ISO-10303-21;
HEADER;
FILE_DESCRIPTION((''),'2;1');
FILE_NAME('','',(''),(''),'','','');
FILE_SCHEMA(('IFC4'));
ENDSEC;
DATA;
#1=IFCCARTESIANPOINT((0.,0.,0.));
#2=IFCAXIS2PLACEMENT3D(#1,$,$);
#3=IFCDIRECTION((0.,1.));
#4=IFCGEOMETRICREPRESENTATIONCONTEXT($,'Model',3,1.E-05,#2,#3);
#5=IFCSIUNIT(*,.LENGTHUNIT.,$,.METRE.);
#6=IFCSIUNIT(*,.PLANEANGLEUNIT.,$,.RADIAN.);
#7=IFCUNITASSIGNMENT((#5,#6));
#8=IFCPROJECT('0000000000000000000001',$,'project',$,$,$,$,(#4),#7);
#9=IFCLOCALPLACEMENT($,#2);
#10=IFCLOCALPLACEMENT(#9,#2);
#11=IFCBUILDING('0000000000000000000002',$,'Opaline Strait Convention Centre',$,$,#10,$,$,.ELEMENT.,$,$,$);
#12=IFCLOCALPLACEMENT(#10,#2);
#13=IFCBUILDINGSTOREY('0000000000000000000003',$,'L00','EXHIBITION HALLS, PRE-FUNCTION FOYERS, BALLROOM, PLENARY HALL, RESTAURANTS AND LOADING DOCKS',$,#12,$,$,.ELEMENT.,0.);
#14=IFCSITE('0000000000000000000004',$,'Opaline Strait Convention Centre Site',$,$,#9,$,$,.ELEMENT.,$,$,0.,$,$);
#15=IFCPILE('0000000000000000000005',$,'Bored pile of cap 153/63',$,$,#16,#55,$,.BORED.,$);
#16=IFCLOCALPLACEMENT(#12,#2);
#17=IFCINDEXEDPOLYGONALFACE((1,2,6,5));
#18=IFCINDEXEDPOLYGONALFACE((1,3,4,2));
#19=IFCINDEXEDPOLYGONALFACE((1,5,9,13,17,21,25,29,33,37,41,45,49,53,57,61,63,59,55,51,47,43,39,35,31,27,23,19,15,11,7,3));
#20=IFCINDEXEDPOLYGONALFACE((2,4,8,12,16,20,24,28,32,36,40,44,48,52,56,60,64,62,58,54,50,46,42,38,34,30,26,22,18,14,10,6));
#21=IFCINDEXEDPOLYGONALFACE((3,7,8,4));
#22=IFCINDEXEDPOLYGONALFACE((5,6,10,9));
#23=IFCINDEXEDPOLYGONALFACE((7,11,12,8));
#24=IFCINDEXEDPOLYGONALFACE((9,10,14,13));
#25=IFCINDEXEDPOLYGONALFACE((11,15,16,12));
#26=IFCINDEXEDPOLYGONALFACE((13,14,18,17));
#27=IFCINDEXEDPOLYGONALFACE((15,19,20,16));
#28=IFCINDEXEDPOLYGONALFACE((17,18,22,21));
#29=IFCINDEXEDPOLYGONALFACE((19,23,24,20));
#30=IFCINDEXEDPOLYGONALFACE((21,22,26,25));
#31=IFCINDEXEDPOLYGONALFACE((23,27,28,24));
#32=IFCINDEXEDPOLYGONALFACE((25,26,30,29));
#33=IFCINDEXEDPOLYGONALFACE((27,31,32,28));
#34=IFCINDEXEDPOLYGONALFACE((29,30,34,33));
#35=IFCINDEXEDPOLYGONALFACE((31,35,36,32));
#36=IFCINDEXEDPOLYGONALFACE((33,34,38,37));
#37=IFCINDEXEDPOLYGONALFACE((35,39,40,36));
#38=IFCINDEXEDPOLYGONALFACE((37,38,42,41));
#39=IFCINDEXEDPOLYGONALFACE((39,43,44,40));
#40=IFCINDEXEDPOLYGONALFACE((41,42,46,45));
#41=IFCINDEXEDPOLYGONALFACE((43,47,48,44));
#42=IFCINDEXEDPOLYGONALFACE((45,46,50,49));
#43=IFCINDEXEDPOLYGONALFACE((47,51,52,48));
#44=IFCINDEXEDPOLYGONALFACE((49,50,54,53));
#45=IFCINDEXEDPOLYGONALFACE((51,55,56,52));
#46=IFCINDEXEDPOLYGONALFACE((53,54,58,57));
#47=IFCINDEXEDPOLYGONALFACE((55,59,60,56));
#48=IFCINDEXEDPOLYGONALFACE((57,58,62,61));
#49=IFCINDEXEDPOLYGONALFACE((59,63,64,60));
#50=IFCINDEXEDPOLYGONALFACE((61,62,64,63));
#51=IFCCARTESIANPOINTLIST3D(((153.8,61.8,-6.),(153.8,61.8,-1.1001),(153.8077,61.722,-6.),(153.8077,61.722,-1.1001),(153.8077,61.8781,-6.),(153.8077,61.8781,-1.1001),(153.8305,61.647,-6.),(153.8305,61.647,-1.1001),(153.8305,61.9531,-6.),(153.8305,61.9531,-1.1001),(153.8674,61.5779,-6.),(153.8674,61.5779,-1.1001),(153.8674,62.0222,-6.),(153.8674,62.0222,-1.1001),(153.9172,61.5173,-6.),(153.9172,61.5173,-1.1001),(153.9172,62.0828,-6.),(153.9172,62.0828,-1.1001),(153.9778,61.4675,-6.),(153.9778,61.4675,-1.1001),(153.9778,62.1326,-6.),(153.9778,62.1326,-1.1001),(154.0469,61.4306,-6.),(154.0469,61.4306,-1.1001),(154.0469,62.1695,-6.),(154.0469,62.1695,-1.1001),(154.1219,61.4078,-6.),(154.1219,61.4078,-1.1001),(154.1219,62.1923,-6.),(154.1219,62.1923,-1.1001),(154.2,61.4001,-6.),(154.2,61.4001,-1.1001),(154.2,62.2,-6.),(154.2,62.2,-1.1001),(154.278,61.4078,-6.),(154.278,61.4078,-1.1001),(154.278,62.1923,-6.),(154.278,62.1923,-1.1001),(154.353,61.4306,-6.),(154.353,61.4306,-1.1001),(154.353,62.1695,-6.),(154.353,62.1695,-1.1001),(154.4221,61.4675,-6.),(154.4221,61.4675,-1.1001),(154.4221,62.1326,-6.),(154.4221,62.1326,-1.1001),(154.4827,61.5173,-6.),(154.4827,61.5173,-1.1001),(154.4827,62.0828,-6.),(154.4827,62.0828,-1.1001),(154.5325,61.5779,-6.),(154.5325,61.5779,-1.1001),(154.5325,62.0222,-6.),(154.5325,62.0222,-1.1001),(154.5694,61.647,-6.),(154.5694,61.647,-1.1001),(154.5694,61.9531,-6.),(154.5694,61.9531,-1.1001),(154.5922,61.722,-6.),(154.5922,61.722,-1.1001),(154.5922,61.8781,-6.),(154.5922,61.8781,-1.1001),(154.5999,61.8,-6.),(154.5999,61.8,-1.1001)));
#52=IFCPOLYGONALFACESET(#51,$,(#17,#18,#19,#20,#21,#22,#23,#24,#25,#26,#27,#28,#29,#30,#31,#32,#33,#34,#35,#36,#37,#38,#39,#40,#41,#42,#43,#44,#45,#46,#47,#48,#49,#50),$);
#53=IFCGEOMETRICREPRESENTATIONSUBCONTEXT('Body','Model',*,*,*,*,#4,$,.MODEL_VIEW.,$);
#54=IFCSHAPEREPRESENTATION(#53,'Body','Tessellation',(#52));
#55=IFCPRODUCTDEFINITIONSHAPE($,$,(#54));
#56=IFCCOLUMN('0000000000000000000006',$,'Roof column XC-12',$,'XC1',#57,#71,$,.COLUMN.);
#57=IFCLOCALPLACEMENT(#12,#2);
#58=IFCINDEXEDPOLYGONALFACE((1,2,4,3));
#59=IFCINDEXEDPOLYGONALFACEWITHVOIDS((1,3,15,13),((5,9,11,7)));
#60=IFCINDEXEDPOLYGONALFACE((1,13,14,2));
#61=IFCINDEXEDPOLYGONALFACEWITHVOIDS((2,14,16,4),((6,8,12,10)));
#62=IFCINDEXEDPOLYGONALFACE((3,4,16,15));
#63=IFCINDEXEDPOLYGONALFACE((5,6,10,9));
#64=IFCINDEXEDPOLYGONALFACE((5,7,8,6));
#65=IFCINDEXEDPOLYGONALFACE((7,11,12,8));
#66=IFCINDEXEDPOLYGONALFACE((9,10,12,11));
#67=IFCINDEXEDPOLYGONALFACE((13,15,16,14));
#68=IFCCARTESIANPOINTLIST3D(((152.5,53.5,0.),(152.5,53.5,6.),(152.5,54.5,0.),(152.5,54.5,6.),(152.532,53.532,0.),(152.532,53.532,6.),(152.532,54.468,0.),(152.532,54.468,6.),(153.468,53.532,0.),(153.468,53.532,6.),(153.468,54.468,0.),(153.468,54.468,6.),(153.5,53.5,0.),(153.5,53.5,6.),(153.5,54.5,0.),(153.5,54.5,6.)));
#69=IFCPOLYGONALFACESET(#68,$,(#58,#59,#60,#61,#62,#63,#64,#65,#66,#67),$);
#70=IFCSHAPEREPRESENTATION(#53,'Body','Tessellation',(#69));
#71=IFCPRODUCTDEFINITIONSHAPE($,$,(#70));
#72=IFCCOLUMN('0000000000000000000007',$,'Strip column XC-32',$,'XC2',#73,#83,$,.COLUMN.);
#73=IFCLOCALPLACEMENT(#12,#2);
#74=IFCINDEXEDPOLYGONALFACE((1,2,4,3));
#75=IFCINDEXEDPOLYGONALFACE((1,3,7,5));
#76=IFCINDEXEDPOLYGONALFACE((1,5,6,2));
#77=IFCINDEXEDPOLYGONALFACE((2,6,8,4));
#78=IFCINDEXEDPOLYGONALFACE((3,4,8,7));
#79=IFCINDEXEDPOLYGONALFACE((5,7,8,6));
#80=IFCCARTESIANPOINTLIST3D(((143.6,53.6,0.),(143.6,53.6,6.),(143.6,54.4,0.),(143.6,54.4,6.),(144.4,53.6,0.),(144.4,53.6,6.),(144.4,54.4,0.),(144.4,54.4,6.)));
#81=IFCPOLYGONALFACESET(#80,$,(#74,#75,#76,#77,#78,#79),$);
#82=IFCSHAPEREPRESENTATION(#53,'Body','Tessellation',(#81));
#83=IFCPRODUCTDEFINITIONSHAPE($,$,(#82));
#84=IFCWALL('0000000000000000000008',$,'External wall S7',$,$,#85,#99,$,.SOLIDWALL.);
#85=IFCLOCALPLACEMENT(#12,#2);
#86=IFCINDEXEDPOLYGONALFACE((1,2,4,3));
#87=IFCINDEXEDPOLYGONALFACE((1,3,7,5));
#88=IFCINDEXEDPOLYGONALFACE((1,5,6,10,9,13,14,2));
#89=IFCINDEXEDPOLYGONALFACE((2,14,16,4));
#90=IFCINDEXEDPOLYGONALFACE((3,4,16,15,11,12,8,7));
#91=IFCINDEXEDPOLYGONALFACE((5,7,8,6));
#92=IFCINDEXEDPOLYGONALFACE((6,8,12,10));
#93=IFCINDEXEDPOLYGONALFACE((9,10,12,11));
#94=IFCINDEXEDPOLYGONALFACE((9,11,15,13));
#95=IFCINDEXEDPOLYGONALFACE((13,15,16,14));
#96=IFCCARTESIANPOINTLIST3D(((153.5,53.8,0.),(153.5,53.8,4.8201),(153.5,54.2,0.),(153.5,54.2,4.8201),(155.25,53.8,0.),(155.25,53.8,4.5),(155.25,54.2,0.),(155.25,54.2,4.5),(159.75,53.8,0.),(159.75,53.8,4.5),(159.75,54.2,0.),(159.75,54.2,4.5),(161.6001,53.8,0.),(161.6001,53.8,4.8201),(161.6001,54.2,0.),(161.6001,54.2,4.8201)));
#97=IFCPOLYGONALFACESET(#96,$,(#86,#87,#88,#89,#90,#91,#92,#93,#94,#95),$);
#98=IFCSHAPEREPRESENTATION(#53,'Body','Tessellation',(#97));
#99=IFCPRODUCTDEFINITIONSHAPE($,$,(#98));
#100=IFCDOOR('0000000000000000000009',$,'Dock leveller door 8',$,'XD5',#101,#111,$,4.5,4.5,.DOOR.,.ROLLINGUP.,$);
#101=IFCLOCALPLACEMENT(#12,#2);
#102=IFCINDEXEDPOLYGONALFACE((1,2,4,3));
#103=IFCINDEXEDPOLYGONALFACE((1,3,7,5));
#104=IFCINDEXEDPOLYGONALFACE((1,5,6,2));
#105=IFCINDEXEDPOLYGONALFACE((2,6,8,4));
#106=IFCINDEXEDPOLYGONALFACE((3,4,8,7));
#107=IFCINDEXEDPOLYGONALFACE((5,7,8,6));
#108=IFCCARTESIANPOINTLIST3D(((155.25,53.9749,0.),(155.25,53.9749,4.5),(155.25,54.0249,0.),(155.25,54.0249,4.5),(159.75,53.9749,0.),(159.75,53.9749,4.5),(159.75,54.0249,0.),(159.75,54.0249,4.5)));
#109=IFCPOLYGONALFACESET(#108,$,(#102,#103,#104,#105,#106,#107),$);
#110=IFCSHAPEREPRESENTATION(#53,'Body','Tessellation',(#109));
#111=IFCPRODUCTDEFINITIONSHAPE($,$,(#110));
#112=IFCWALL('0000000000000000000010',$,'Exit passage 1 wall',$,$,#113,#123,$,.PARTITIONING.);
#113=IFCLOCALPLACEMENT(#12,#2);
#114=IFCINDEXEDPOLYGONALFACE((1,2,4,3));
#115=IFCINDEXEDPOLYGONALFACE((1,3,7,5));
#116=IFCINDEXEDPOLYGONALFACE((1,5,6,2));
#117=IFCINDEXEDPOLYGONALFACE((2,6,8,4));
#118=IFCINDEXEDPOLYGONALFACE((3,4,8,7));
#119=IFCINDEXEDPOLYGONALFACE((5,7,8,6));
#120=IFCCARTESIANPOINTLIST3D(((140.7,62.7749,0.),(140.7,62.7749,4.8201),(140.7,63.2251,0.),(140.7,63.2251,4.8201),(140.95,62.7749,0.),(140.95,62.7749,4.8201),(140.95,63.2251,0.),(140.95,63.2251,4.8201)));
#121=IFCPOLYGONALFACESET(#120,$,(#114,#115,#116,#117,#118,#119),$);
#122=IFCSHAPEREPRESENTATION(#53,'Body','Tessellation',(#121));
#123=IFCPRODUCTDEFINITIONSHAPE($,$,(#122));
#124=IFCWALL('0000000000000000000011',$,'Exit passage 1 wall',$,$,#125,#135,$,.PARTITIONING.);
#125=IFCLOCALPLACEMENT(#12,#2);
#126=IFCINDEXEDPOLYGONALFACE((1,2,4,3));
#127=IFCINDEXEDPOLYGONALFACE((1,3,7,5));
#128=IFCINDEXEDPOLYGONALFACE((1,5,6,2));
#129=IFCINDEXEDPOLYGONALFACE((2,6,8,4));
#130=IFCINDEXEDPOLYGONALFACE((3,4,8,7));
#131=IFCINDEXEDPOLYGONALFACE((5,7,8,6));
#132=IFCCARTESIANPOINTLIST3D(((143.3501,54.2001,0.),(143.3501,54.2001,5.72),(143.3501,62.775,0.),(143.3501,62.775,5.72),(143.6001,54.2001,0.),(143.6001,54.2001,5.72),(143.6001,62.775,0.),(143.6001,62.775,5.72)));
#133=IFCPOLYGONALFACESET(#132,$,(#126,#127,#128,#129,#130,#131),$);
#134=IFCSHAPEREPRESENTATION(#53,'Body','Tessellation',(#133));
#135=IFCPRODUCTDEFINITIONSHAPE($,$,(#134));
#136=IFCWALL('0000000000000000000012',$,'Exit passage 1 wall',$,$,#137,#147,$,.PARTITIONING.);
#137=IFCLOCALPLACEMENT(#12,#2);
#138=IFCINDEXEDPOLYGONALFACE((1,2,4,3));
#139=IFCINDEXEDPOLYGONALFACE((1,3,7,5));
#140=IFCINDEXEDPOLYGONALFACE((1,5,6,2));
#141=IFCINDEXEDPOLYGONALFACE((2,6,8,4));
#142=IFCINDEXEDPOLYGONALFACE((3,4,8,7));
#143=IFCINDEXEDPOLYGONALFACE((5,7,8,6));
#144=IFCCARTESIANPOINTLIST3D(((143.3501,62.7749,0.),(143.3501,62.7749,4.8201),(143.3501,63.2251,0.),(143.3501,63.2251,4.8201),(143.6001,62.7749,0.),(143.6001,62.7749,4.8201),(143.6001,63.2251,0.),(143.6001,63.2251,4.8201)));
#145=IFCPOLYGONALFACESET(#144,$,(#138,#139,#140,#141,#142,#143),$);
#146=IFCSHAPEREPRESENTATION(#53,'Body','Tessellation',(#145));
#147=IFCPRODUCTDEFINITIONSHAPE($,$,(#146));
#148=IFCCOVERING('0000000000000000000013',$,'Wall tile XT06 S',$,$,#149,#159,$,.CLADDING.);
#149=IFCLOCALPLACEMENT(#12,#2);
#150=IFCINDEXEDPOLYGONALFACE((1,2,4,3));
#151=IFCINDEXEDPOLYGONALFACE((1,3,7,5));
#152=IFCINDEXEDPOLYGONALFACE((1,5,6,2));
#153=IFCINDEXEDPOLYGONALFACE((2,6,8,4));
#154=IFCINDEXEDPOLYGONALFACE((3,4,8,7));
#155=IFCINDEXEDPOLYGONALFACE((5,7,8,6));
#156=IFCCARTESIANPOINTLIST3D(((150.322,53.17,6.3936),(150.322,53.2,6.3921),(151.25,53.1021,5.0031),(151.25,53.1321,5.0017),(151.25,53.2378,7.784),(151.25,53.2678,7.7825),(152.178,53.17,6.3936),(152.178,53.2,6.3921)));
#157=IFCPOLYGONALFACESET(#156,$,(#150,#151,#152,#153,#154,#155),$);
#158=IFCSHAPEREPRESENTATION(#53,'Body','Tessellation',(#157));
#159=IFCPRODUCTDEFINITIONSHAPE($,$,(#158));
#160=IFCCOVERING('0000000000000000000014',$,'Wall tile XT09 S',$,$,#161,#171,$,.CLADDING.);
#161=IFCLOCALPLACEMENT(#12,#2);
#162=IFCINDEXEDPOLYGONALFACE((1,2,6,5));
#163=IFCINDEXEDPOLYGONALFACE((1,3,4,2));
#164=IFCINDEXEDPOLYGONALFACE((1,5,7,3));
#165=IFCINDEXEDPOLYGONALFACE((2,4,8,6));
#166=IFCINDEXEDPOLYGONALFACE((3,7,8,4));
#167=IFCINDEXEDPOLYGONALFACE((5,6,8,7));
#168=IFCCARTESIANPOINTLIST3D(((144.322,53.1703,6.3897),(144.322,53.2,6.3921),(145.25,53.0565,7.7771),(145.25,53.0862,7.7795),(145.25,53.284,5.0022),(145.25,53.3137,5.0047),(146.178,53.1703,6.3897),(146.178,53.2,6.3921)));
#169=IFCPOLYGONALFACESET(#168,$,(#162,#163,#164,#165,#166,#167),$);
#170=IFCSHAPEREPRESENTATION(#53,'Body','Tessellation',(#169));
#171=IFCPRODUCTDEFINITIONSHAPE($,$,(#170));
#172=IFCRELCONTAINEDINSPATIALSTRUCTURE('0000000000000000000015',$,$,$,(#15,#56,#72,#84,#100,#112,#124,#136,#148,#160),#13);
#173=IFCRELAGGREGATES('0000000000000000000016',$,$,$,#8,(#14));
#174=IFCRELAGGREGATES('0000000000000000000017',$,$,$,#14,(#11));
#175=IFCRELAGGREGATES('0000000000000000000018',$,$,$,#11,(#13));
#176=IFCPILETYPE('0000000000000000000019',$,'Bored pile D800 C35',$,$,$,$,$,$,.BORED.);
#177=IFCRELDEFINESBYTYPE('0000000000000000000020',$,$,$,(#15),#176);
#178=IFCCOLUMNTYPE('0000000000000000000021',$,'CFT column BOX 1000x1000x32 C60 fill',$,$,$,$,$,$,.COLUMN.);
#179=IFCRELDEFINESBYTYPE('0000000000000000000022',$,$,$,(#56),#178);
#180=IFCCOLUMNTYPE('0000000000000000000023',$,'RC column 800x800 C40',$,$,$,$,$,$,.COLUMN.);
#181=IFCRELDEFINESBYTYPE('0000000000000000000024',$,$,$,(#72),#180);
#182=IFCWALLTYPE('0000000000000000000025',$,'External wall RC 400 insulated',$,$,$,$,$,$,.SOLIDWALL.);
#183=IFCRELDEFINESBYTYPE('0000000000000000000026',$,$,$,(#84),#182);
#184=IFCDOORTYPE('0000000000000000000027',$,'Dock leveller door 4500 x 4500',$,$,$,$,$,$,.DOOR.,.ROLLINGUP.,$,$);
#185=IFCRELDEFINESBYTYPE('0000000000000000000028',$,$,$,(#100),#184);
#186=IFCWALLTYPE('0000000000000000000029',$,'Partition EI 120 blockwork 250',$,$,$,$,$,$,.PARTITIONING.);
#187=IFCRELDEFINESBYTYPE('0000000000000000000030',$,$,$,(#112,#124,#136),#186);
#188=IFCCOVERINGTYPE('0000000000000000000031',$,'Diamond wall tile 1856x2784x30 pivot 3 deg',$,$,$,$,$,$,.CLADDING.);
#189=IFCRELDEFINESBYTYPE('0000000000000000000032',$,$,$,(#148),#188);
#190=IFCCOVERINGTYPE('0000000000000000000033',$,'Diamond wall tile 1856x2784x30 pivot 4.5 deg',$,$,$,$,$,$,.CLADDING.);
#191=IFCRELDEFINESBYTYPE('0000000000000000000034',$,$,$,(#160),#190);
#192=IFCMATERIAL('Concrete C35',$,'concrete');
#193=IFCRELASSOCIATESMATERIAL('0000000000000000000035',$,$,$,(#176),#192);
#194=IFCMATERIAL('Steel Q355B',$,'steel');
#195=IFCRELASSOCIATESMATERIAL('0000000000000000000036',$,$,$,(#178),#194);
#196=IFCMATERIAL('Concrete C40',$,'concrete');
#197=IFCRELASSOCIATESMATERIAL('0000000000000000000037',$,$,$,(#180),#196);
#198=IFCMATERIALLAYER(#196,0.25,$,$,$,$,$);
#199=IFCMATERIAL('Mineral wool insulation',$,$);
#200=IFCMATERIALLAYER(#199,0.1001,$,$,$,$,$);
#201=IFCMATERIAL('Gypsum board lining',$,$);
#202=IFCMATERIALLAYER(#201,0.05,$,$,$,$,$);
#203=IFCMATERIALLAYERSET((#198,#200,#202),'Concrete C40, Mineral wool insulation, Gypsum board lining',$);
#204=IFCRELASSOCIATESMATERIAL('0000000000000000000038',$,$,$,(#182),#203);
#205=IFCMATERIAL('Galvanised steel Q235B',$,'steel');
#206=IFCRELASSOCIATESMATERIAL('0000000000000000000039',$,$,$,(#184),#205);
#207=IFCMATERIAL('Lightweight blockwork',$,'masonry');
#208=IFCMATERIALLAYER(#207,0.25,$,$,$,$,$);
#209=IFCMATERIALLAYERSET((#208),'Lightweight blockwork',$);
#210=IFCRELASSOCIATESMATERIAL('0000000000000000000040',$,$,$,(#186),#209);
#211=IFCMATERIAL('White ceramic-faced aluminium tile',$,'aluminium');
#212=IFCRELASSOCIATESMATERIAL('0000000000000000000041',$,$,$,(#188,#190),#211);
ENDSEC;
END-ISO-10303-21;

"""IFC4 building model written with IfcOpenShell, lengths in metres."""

from ifc_helpers import new_model, si_unit, direction, frame, frame_2d, origin, origin_2d, place, context, subcontext, project, spatial, polyline, rectangle, hollow_rectangle, circle, outline, extrude, material, layer, layer_set, material_profile, profile_set, type_object, element, fill, save


model = new_model("IFC4")

# Units and contexts
model_context = context("Model", 3, precision=1e-05, world=origin(), true_north=direction((0.0, 1.0)))
body_context = subcontext(model_context, "Body", "Model", "MODEL_VIEW")
ifc_project = project(units=[si_unit("LENGTHUNIT", "METRE"), si_unit("PLANEANGLEUNIT", "RADIAN")], contexts=[model_context])

# Site, building, storey
site_placement = place(None, origin())
site = spatial("IfcSite", under=ifc_project, at=site_placement, Name="Opaline Strait Convention Centre Site", CompositionType="ELEMENT", RefElevation=0.0)
building_placement = place(site_placement, origin())
building = spatial("IfcBuilding", under=site, at=building_placement, Name="Opaline Strait Convention Centre", CompositionType="ELEMENT")
storey_placement = place(building_placement, origin())
storey = spatial("IfcBuildingStorey", under=building, at=storey_placement, Name="L00", Description="EXHIBITION HALLS, PRE-FUNCTION FOYERS, BALLROOM, PLENARY HALL, RESTAURANTS AND LOADING DOCKS", CompositionType="ELEMENT", Elevation=0.0)

# Pile
ifc_material_1 = material(Name="Concrete C35", Category="concrete")
ifc_material_profile_1 = material_profile(ifc_material_1, circle(Radius=0.3999, at=origin_2d()), Name="D800")
ifc_profile_set_1 = profile_set([ifc_material_profile_1], Name="Concrete C35")
pile_type_1 = type_object("IfcPileType", Name="Bored pile D800 C35", PredefinedType="BORED", material=ifc_profile_set_1)
for number, where, z_axis, x_axis, name in (
    (1, (154.2, 61.8, -1.1001), (0.0, 0.0, -1.0), (1.0, 0.0, 0.0), "Bored pile of cap 153/63"),
):
    element("IfcPile", number, at=place(storey_placement, frame(where, z_axis=z_axis, x_axis=x_axis)), inside=storey, type_object=pile_type_1, Name=name, PredefinedType="BORED", context=body_context, shape_type="SweptSolid", body=[
        extrude(circle(Radius=0.3999, at=origin_2d()), origin(), (0.0, 0.0, 1.0), 4.8999),
    ])

# Columns
ifc_material_2 = material(Name="Steel Q355B", Category="steel")
ifc_material_profile_2 = material_profile(ifc_material_2, hollow_rectangle(XDim=1.0, YDim=1.0, WallThickness=0.032, at=origin_2d()), Name="BOX 1000x1000x32")
ifc_profile_set_2 = profile_set([ifc_material_profile_2], Name="Steel Q355B")
column_type_1 = type_object("IfcColumnType", Name="CFT column BOX 1000x1000x32 C60 fill", PredefinedType="COLUMN", material=ifc_profile_set_2)
column_1_placement = place(storey_placement, frame((153.0, 54.0, 0.0), z_axis=(0.0, 0.0, 1.0), x_axis=(1.0, 0.0, 0.0)))
element("IfcColumn", 2, at=column_1_placement, inside=storey, type_object=column_type_1, Name="Roof column XC-12", ObjectType="XC1", PredefinedType="COLUMN", context=body_context, shape_type="SweptSolid", body=[
    extrude(hollow_rectangle(XDim=1.0, YDim=1.0, WallThickness=0.032, at=origin_2d()), origin(), (0.0, 0.0, 1.0), 6.0),
])
ifc_material_3 = material(Name="Concrete C40", Category="concrete")
ifc_material_profile_3 = material_profile(ifc_material_3, rectangle(XDim=0.8, YDim=0.8, at=origin_2d()), Name="RC 800x800")
ifc_profile_set_3 = profile_set([ifc_material_profile_3], Name="Concrete C40")
column_type_2 = type_object("IfcColumnType", Name="RC column 800x800 C40", PredefinedType="COLUMN", material=ifc_profile_set_3)
column_2_placement = place(storey_placement, frame((144.0, 54.0, 0.0), z_axis=(0.0, 0.0, 1.0), x_axis=(1.0, 0.0, 0.0)))
element("IfcColumn", 3, at=column_2_placement, inside=storey, type_object=column_type_2, Name="Strip column XC-32", ObjectType="XC2", PredefinedType="COLUMN", context=body_context, shape_type="SweptSolid", body=[
    extrude(rectangle(XDim=0.8, YDim=0.8, at=origin_2d()), origin(), (0.0, 0.0, 1.0), 6.0),
])

# Shared definitions
ifc_layer_1 = layer(ifc_material_3, 0.25)
ifc_material_4 = material(Name="Mineral wool insulation")
ifc_layer_2 = layer(ifc_material_4, 0.1001)
ifc_material_5 = material(Name="Gypsum board lining")
ifc_layer_3 = layer(ifc_material_5, 0.05)
ifc_layer_set_1 = layer_set([ifc_layer_1, ifc_layer_2, ifc_layer_3], Name="Concrete C40, Mineral wool insulation, Gypsum board lining")
wall_type_1 = type_object("IfcWallType", Name="External wall RC 400 insulated", PredefinedType="SOLIDWALL", material=ifc_layer_set_1)
ifc_material_6 = material(Name="Galvanised steel Q235B", Category="steel")
door_type_1 = type_object("IfcDoorType", Name="Dock leveller door 4500 x 4500", OperationType="ROLLINGUP", PredefinedType="DOOR", material=ifc_material_6)

# Wall, opening, door
wall_1_placement = place(storey_placement, frame((153.5, 54.0, 0.0), z_axis=(0.0, 0.0, 1.0), x_axis=(1.0, 0.0, 0.0)))
wall_1 = element("IfcWall", 4, at=wall_1_placement, inside=storey, type_object=wall_type_1, Name="External wall S7", PredefinedType="SOLIDWALL", context=body_context, shape_type="SweptSolid", body=[
    extrude(rectangle(XDim=8.1001, YDim=0.3999, at=frame_2d((4.05, 0.0))), origin(), (0.0, 0.0, 1.0), 4.8201),
])
opening_1_placement = place(wall_1_placement, frame((1.75, 0.0, 0.0)))
opening_1 = element("IfcOpeningElement", 5, at=opening_1_placement, cuts=wall_1, PredefinedType="OPENING", context=body_context, shape_type="SweptSolid", body=[
    extrude(rectangle(XDim=4.5, YDim=4.5, at=frame_2d((2.25, 2.25))), frame((0.0, 0.21, 0.0), z_axis=(0.0, -1.0, 0.0), x_axis=(1.0, 0.0, 0.0)), (0.0, 0.0, 1.0), 0.4199),
])
door_1_placement = place(opening_1_placement, origin())
door_1 = element("IfcDoor", 6, at=door_1_placement, inside=storey, type_object=door_type_1, Name="Dock leveller door 8", ObjectType="XD5", OperationType="ROLLINGUP", OverallHeight=4.5, OverallWidth=4.5, PredefinedType="DOOR", context=body_context, shape_type="SweptSolid", body=[
    extrude(rectangle(XDim=4.5, YDim=4.5, at=frame_2d((2.25, 2.25))), frame((0.0, 0.0249, 0.0), z_axis=(0.0, -1.0, 0.0), x_axis=(1.0, 0.0, 0.0)), (0.0, 0.0, 1.0), 0.05),
])
fill(opening_1, door_1)

# Walls
ifc_material_7 = material(Name="Lightweight blockwork", Category="masonry")
ifc_layer_4 = layer(ifc_material_7, 0.25)
ifc_layer_set_2 = layer_set([ifc_layer_4], Name="Lightweight blockwork")
wall_type_2 = type_object("IfcWallType", Name="Partition EI 120 blockwork 250", PredefinedType="PARTITIONING", material=ifc_layer_set_2)
wall_2_placement = place(storey_placement, frame((140.825, 62.7749, 0.0), z_axis=(0.0, 0.0, 1.0), x_axis=(0.0, 1.0, 0.0)))
element("IfcWall", 7, at=wall_2_placement, inside=storey, type_object=wall_type_2, Name="Exit passage 1 wall", PredefinedType="PARTITIONING", context=body_context, shape_type="SweptSolid", body=[
    extrude(rectangle(XDim=0.4502, YDim=0.25, at=frame_2d((0.2251, 0.0))), origin(), (0.0, 0.0, 1.0), 4.8201),
])
wall_3_placement = place(storey_placement, frame((143.4751, 54.2, 0.0), z_axis=(0.0, 0.0, 1.0), x_axis=(0.0, 1.0, 0.0)))
element("IfcWall", 8, at=wall_3_placement, inside=storey, type_object=wall_type_2, Name="Exit passage 1 wall", PredefinedType="PARTITIONING", context=body_context, shape_type="SweptSolid", body=[
    extrude(rectangle(XDim=8.575, YDim=0.25, at=frame_2d((4.2876, 0.0))), origin(), (0.0, 0.0, 1.0), 5.72),
])
wall_4_placement = place(storey_placement, frame((143.4751, 62.7749, 0.0), z_axis=(0.0, 0.0, 1.0), x_axis=(0.0, 1.0, 0.0)))
element("IfcWall", 9, at=wall_4_placement, inside=storey, type_object=wall_type_2, Name="Exit passage 1 wall", PredefinedType="PARTITIONING", context=body_context, shape_type="SweptSolid", body=[
    extrude(rectangle(XDim=0.4502, YDim=0.25, at=frame_2d((0.2251, 0.0))), origin(), (0.0, 0.0, 1.0), 4.8201),
])

# Coverings
ifc_material_8 = material(Name="White ceramic-faced aluminium tile", Category="aluminium")
ifc_material_profile_4 = material_profile(ifc_material_8, outline(polyline([(0.928, 0.0), (0.0, 1.3921), (-0.928, 0.0), (0.0, -1.3921), (0.928, 0.0)])), Name="Diamond tile 1856x2784")
ifc_profile_set_4 = profile_set([ifc_material_profile_4], Name="White ceramic-faced aluminium tile")
covering_type_1 = type_object("IfcCoveringType", Name="Diamond wall tile 1856x2784x30 pivot 3 deg", PredefinedType="CLADDING", material=ifc_profile_set_4)
covering_1_placement = place(storey_placement, frame((151.25, 53.2, 6.3921), z_axis=(0.0, -0.998812, 0.048723), x_axis=(1.0, 0.0, 0.0)))
element("IfcCovering", 10, at=covering_1_placement, inside=storey, type_object=covering_type_1, Name="Wall tile XT06 S", PredefinedType="CLADDING", context=body_context, shape_type="SweptSolid", body=[
    extrude(outline(polyline([(0.928, 0.0), (0.0, 1.3921), (-0.928, 0.0), (0.0, -1.3921), (0.928, 0.0)])), origin(), (0.0, 0.0, 1.0), 0.03),
])
ifc_material_profile_5 = material_profile(ifc_material_8, outline(polyline([(0.928, 0.0), (0.0, 1.3921), (-0.928, 0.0), (0.0, -1.3921), (0.928, 0.0)])), Name="Diamond tile 1856x2784")
ifc_profile_set_5 = profile_set([ifc_material_profile_5], Name="White ceramic-faced aluminium tile")
covering_type_2 = type_object("IfcCoveringType", Name="Diamond wall tile 1856x2784x30 pivot 4.5 deg", PredefinedType="CLADDING", material=ifc_profile_set_5)
covering_2_placement = place(storey_placement, frame((145.25, 53.2, 6.3921), z_axis=(0.0, -0.996658, -0.081693), x_axis=(1.0, 0.0, 0.0)))
element("IfcCovering", 11, at=covering_2_placement, inside=storey, type_object=covering_type_2, Name="Wall tile XT09 S", PredefinedType="CLADDING", context=body_context, shape_type="SweptSolid", body=[
    extrude(outline(polyline([(0.928, 0.0), (0.0, 1.3921), (-0.928, 0.0), (0.0, -1.3921), (0.928, 0.0)])), origin(), (0.0, 0.0, 1.0), 0.0298),
])

save(model, "model.ifc")
